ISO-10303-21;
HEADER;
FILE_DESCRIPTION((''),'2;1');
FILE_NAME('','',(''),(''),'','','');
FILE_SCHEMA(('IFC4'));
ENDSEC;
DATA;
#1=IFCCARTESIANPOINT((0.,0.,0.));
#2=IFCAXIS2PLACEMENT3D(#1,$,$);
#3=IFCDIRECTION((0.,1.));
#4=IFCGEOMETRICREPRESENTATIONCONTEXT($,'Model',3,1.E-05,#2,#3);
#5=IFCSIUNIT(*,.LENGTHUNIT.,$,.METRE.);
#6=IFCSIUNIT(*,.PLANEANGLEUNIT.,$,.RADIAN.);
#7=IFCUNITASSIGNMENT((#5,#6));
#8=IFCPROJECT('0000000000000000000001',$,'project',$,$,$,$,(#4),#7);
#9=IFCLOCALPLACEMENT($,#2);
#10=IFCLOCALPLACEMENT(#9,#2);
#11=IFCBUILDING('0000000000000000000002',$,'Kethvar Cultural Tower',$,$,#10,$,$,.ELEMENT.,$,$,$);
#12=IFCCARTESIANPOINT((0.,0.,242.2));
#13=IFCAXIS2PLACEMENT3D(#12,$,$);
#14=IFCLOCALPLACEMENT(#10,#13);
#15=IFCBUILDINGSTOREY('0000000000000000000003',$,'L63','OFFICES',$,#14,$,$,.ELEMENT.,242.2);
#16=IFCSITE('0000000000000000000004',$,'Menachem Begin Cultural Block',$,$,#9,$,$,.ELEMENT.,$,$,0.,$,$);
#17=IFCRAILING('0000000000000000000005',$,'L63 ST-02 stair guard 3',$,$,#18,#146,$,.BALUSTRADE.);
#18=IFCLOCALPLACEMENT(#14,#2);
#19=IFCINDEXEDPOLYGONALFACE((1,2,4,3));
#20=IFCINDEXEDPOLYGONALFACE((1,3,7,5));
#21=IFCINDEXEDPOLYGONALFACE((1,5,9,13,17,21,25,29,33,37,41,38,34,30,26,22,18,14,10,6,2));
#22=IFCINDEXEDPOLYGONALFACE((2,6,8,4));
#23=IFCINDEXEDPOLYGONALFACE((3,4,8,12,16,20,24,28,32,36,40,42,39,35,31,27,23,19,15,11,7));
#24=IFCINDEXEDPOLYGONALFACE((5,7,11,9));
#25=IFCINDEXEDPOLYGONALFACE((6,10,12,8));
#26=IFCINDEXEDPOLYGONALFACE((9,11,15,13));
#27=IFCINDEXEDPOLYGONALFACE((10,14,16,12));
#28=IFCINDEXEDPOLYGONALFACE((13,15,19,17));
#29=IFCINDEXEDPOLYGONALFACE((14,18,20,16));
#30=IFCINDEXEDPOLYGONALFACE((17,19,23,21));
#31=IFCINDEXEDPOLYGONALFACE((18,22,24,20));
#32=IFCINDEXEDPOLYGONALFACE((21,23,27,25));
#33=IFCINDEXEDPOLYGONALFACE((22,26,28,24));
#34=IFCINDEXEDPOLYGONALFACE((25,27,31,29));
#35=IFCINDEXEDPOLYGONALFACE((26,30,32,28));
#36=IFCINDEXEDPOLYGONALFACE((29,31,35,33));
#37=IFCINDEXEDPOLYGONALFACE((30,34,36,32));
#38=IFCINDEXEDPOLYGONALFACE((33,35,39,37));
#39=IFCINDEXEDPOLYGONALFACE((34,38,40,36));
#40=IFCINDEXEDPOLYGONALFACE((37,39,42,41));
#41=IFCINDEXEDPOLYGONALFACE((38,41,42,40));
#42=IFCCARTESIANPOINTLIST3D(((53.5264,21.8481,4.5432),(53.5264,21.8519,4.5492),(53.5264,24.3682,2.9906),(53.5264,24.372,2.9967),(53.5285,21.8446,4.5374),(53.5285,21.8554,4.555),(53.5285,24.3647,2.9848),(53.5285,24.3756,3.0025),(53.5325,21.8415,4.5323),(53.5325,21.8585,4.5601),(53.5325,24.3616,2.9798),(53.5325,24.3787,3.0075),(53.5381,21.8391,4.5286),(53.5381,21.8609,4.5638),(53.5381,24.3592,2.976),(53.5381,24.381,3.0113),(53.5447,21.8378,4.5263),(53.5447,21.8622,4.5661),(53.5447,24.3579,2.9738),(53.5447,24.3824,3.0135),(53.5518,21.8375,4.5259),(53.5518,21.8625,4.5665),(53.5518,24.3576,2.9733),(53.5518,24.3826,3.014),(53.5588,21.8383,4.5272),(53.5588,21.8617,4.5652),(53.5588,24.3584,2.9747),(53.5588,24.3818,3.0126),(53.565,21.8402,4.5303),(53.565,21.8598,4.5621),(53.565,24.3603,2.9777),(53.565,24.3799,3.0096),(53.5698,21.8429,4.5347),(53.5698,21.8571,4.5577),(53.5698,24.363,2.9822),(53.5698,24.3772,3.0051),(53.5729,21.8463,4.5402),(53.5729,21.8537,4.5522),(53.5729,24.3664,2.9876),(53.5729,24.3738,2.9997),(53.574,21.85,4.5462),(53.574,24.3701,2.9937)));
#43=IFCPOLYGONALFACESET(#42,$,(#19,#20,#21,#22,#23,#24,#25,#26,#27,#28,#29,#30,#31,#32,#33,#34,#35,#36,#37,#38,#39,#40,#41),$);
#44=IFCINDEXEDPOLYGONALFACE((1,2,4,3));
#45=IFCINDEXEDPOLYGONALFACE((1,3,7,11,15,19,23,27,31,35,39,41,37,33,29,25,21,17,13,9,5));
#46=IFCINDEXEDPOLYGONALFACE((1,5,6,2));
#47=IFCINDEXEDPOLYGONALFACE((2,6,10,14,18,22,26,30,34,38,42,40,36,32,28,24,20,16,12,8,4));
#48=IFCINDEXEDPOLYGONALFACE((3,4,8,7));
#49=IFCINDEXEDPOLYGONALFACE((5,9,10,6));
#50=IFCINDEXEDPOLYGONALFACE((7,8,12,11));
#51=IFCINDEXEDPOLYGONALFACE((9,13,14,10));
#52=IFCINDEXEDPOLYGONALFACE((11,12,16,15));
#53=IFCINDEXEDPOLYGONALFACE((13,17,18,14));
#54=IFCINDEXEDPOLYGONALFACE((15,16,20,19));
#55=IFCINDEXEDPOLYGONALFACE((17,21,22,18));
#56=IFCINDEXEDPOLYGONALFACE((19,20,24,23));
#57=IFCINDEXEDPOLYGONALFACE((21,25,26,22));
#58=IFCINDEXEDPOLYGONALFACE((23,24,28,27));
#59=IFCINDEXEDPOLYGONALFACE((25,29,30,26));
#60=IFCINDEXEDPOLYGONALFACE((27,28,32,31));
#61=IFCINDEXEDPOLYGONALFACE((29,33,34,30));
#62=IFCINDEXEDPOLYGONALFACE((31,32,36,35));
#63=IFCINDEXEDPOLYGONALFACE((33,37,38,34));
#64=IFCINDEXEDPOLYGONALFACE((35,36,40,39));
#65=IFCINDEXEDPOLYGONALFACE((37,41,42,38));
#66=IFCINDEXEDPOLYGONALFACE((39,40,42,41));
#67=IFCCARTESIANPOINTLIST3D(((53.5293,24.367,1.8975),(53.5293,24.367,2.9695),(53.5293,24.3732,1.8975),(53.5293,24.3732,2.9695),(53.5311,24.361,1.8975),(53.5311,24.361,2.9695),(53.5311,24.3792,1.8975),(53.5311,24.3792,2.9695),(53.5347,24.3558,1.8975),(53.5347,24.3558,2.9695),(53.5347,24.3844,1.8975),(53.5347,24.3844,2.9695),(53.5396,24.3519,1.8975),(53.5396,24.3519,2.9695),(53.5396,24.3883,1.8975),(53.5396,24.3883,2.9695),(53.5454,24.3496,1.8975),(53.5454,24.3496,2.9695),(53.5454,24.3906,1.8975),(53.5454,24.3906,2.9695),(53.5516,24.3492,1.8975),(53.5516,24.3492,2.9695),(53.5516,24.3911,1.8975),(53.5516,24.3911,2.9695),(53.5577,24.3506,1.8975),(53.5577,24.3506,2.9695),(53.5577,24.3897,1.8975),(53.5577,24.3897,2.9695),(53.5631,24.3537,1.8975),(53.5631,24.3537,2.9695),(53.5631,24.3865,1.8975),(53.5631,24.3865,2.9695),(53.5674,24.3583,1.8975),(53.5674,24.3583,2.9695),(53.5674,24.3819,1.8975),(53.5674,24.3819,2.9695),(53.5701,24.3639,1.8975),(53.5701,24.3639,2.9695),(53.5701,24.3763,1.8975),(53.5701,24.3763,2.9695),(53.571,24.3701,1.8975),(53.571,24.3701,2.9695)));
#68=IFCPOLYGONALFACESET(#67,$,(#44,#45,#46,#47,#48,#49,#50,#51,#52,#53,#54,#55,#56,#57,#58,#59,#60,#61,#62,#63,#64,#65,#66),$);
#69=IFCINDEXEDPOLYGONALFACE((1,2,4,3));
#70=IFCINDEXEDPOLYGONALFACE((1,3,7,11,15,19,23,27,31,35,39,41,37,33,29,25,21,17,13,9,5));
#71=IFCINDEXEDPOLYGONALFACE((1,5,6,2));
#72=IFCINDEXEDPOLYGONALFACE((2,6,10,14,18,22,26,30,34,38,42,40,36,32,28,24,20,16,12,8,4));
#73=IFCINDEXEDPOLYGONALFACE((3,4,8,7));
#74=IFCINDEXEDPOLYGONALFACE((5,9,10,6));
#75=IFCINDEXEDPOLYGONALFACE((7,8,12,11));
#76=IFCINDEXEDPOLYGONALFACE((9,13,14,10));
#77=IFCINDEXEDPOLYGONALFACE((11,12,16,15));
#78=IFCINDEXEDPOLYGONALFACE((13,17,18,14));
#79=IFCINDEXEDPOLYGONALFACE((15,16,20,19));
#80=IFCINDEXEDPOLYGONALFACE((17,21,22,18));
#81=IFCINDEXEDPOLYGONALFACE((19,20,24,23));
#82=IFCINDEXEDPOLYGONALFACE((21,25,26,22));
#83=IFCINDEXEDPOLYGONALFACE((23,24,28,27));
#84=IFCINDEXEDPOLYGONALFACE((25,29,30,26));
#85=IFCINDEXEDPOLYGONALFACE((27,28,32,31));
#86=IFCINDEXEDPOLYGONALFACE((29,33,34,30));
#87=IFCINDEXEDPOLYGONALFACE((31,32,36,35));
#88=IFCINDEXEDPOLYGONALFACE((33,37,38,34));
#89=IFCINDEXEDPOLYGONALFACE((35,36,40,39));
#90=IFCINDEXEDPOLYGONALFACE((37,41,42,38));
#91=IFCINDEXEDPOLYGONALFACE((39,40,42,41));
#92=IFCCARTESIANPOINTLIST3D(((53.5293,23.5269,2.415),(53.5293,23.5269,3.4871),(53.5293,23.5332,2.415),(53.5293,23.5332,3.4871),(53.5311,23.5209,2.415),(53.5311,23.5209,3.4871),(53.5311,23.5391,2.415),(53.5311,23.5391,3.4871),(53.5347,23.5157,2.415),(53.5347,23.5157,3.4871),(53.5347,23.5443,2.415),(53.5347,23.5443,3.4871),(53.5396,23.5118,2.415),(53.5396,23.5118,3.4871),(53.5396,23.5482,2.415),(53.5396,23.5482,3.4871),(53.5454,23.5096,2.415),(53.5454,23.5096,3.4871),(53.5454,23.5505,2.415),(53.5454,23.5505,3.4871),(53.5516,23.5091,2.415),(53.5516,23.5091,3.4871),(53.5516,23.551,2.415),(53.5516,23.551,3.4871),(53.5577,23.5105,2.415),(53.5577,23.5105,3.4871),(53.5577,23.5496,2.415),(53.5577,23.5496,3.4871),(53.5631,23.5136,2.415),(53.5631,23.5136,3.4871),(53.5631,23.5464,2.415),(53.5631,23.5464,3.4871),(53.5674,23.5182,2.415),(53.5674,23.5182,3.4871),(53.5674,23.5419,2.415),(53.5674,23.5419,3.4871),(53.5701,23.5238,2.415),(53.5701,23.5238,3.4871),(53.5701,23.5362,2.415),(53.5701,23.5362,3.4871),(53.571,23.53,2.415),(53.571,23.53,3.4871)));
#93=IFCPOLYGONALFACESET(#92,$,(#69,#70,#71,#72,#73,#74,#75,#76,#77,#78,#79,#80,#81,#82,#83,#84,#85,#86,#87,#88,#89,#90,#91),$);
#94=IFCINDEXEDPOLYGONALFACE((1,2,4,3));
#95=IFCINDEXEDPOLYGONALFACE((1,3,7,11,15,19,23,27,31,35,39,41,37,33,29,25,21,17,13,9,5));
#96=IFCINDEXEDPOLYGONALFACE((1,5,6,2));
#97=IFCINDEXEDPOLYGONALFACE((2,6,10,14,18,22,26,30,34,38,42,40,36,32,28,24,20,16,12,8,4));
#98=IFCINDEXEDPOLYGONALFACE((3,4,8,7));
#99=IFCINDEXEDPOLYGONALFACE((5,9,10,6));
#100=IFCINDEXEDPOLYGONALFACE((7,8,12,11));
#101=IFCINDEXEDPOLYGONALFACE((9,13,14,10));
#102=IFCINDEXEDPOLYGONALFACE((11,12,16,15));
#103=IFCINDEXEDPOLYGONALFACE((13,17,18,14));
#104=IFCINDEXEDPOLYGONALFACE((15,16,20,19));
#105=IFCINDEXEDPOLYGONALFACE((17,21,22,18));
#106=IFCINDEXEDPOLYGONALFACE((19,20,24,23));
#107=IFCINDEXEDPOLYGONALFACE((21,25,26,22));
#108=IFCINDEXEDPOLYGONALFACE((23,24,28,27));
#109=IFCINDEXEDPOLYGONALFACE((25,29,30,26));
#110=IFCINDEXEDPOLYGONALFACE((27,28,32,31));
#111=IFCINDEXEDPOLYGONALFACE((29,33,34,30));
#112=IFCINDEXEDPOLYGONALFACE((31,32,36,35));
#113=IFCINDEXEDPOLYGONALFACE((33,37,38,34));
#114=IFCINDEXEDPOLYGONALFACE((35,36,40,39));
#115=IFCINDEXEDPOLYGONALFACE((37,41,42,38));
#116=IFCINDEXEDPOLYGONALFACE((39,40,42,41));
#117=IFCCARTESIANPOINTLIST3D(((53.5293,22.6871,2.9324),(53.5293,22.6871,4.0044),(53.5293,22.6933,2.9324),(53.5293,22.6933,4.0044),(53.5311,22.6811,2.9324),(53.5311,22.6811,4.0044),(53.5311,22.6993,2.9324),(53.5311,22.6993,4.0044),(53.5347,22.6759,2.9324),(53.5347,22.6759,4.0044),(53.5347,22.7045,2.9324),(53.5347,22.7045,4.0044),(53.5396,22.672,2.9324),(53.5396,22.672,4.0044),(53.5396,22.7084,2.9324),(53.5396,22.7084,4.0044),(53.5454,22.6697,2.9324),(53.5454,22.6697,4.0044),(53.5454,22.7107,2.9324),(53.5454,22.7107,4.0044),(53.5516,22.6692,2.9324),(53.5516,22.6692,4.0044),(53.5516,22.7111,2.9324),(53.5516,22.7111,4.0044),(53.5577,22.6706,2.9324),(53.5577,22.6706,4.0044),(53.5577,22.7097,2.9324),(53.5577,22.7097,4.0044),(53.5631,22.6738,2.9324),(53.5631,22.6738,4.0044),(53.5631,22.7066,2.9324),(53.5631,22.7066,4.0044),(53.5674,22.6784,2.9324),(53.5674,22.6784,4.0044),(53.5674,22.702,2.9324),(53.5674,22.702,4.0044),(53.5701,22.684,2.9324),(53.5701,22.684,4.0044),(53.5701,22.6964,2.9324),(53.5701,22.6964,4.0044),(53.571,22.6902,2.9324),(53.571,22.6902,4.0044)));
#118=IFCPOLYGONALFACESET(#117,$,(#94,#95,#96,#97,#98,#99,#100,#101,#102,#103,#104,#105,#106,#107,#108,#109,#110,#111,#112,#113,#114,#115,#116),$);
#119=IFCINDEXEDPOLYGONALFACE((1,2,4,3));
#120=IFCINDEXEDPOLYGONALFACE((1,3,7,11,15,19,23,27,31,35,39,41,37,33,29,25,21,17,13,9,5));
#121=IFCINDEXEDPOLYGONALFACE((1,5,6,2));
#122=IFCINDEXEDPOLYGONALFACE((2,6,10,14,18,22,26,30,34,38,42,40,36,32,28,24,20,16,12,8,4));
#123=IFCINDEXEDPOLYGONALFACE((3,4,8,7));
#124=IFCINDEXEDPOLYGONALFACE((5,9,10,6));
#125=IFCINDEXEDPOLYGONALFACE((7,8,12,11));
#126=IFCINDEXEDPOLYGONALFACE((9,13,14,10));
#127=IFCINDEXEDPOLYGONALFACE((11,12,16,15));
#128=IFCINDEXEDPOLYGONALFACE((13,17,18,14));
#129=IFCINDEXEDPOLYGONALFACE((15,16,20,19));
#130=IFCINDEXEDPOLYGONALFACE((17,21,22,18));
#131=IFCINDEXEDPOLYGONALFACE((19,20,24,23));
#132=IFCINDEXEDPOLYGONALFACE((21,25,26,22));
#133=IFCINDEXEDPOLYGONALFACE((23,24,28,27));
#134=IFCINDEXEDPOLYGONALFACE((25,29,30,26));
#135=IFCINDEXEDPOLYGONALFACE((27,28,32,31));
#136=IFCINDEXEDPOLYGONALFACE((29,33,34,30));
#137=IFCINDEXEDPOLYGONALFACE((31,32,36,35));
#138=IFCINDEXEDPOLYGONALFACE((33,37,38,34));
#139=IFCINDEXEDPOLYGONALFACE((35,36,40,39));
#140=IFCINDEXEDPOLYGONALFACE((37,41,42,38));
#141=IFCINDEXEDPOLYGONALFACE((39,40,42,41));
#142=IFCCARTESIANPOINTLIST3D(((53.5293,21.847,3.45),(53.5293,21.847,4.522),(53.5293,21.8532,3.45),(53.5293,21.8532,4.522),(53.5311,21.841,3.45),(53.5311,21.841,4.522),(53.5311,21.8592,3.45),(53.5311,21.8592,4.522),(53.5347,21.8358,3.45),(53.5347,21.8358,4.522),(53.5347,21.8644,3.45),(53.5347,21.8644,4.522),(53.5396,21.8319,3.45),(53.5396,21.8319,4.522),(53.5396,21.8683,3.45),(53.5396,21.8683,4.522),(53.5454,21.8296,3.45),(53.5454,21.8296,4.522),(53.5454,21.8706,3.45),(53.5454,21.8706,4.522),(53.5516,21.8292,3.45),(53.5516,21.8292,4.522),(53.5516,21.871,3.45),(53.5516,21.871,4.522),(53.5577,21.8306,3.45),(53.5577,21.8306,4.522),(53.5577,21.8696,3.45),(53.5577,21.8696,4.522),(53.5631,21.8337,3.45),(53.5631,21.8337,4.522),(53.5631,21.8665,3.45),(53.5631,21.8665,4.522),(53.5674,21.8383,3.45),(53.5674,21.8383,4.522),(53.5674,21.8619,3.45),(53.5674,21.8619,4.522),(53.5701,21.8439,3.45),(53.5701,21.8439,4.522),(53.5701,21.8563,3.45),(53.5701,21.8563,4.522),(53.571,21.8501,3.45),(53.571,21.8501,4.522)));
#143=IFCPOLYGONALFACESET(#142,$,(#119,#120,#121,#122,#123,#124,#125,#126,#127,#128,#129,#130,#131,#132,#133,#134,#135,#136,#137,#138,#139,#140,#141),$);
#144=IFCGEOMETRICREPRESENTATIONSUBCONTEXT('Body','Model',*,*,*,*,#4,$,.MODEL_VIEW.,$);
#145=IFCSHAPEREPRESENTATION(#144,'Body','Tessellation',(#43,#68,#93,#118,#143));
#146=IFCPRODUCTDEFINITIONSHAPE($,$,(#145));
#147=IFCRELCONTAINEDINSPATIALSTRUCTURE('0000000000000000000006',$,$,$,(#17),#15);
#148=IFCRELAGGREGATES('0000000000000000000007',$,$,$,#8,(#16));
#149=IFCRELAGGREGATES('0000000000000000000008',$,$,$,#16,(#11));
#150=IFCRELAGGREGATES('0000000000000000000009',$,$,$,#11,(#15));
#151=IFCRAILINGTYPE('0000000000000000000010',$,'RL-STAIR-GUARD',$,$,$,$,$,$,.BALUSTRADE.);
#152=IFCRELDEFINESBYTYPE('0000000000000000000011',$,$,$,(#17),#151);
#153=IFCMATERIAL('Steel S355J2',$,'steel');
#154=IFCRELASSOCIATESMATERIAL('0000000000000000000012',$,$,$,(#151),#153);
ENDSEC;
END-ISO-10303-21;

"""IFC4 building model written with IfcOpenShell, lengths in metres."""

from ifc_helpers import new_model, si_unit, direction, frame, origin, origin_2d, place, context, subcontext, project, spatial, circle, extrude, material, type_object, element, save


model = new_model("IFC4")

# Units and contexts
model_context = context("Model", 3, precision=1e-05, world=origin(), true_north=direction((0.0, 1.0)))
body_context = subcontext(model_context, "Body", "Model", "MODEL_VIEW")
ifc_project = project(units=[si_unit("LENGTHUNIT", "METRE"), si_unit("PLANEANGLEUNIT", "RADIAN")], contexts=[model_context])

# Site, building, storey
site_placement = place(None, origin())
site = spatial("IfcSite", under=ifc_project, at=site_placement, Name="Menachem Begin Cultural Block", CompositionType="ELEMENT", RefElevation=0.0)
building_placement = place(site_placement, origin())
building = spatial("IfcBuilding", under=site, at=building_placement, Name="Kethvar Cultural Tower", CompositionType="ELEMENT")
storey_placement = place(building_placement, frame((0.0, 0.0, 242.2)))
storey = spatial("IfcBuildingStorey", under=building, at=storey_placement, Name="L63", Description="OFFICES", CompositionType="ELEMENT", Elevation=242.2)

# Shared definitions
ifc_material_1 = material(Name="Steel S355J2", Category="steel")

# Railing
railing_type_1 = type_object("IfcRailingType", Name="RL-STAIR-GUARD", PredefinedType="BALUSTRADE", material=ifc_material_1)
railing_1_placement = place(storey_placement, frame((53.55, 24.3701, 1.8975)))
element("IfcRailing", 1, at=railing_1_placement, inside=storey, type_object=railing_type_1, Name="L63 ST-02 stair guard 3", PredefinedType="BALUSTRADE", context=body_context, shape_type="SweptSolid", body=[
    extrude(circle(Radius=0.0239, at=origin_2d()), frame((0.0, 0.0, 1.0962), z_axis=(0.0, -0.8514, 0.524516), x_axis=(1.0, 0.0, 0.0)), (0.0, 0.0, 1.0), 2.96),
    extrude(circle(Radius=0.021, at=origin_2d()), origin(), (0.0, 0.0, 1.0), 1.072),
    extrude(circle(Radius=0.021, at=origin_2d()), frame((0.0, -0.8401, 0.5176)), (0.0, 0.0, 1.0), 1.072),
    extrude(circle(Radius=0.021, at=origin_2d()), frame((0.0, -1.6799, 1.0349)), (0.0, 0.0, 1.0), 1.072),
    extrude(circle(Radius=0.021, at=origin_2d()), frame((0.0, -2.52, 1.5525)), (0.0, 0.0, 1.0), 1.072),
])

save(model, "model.ifc")
